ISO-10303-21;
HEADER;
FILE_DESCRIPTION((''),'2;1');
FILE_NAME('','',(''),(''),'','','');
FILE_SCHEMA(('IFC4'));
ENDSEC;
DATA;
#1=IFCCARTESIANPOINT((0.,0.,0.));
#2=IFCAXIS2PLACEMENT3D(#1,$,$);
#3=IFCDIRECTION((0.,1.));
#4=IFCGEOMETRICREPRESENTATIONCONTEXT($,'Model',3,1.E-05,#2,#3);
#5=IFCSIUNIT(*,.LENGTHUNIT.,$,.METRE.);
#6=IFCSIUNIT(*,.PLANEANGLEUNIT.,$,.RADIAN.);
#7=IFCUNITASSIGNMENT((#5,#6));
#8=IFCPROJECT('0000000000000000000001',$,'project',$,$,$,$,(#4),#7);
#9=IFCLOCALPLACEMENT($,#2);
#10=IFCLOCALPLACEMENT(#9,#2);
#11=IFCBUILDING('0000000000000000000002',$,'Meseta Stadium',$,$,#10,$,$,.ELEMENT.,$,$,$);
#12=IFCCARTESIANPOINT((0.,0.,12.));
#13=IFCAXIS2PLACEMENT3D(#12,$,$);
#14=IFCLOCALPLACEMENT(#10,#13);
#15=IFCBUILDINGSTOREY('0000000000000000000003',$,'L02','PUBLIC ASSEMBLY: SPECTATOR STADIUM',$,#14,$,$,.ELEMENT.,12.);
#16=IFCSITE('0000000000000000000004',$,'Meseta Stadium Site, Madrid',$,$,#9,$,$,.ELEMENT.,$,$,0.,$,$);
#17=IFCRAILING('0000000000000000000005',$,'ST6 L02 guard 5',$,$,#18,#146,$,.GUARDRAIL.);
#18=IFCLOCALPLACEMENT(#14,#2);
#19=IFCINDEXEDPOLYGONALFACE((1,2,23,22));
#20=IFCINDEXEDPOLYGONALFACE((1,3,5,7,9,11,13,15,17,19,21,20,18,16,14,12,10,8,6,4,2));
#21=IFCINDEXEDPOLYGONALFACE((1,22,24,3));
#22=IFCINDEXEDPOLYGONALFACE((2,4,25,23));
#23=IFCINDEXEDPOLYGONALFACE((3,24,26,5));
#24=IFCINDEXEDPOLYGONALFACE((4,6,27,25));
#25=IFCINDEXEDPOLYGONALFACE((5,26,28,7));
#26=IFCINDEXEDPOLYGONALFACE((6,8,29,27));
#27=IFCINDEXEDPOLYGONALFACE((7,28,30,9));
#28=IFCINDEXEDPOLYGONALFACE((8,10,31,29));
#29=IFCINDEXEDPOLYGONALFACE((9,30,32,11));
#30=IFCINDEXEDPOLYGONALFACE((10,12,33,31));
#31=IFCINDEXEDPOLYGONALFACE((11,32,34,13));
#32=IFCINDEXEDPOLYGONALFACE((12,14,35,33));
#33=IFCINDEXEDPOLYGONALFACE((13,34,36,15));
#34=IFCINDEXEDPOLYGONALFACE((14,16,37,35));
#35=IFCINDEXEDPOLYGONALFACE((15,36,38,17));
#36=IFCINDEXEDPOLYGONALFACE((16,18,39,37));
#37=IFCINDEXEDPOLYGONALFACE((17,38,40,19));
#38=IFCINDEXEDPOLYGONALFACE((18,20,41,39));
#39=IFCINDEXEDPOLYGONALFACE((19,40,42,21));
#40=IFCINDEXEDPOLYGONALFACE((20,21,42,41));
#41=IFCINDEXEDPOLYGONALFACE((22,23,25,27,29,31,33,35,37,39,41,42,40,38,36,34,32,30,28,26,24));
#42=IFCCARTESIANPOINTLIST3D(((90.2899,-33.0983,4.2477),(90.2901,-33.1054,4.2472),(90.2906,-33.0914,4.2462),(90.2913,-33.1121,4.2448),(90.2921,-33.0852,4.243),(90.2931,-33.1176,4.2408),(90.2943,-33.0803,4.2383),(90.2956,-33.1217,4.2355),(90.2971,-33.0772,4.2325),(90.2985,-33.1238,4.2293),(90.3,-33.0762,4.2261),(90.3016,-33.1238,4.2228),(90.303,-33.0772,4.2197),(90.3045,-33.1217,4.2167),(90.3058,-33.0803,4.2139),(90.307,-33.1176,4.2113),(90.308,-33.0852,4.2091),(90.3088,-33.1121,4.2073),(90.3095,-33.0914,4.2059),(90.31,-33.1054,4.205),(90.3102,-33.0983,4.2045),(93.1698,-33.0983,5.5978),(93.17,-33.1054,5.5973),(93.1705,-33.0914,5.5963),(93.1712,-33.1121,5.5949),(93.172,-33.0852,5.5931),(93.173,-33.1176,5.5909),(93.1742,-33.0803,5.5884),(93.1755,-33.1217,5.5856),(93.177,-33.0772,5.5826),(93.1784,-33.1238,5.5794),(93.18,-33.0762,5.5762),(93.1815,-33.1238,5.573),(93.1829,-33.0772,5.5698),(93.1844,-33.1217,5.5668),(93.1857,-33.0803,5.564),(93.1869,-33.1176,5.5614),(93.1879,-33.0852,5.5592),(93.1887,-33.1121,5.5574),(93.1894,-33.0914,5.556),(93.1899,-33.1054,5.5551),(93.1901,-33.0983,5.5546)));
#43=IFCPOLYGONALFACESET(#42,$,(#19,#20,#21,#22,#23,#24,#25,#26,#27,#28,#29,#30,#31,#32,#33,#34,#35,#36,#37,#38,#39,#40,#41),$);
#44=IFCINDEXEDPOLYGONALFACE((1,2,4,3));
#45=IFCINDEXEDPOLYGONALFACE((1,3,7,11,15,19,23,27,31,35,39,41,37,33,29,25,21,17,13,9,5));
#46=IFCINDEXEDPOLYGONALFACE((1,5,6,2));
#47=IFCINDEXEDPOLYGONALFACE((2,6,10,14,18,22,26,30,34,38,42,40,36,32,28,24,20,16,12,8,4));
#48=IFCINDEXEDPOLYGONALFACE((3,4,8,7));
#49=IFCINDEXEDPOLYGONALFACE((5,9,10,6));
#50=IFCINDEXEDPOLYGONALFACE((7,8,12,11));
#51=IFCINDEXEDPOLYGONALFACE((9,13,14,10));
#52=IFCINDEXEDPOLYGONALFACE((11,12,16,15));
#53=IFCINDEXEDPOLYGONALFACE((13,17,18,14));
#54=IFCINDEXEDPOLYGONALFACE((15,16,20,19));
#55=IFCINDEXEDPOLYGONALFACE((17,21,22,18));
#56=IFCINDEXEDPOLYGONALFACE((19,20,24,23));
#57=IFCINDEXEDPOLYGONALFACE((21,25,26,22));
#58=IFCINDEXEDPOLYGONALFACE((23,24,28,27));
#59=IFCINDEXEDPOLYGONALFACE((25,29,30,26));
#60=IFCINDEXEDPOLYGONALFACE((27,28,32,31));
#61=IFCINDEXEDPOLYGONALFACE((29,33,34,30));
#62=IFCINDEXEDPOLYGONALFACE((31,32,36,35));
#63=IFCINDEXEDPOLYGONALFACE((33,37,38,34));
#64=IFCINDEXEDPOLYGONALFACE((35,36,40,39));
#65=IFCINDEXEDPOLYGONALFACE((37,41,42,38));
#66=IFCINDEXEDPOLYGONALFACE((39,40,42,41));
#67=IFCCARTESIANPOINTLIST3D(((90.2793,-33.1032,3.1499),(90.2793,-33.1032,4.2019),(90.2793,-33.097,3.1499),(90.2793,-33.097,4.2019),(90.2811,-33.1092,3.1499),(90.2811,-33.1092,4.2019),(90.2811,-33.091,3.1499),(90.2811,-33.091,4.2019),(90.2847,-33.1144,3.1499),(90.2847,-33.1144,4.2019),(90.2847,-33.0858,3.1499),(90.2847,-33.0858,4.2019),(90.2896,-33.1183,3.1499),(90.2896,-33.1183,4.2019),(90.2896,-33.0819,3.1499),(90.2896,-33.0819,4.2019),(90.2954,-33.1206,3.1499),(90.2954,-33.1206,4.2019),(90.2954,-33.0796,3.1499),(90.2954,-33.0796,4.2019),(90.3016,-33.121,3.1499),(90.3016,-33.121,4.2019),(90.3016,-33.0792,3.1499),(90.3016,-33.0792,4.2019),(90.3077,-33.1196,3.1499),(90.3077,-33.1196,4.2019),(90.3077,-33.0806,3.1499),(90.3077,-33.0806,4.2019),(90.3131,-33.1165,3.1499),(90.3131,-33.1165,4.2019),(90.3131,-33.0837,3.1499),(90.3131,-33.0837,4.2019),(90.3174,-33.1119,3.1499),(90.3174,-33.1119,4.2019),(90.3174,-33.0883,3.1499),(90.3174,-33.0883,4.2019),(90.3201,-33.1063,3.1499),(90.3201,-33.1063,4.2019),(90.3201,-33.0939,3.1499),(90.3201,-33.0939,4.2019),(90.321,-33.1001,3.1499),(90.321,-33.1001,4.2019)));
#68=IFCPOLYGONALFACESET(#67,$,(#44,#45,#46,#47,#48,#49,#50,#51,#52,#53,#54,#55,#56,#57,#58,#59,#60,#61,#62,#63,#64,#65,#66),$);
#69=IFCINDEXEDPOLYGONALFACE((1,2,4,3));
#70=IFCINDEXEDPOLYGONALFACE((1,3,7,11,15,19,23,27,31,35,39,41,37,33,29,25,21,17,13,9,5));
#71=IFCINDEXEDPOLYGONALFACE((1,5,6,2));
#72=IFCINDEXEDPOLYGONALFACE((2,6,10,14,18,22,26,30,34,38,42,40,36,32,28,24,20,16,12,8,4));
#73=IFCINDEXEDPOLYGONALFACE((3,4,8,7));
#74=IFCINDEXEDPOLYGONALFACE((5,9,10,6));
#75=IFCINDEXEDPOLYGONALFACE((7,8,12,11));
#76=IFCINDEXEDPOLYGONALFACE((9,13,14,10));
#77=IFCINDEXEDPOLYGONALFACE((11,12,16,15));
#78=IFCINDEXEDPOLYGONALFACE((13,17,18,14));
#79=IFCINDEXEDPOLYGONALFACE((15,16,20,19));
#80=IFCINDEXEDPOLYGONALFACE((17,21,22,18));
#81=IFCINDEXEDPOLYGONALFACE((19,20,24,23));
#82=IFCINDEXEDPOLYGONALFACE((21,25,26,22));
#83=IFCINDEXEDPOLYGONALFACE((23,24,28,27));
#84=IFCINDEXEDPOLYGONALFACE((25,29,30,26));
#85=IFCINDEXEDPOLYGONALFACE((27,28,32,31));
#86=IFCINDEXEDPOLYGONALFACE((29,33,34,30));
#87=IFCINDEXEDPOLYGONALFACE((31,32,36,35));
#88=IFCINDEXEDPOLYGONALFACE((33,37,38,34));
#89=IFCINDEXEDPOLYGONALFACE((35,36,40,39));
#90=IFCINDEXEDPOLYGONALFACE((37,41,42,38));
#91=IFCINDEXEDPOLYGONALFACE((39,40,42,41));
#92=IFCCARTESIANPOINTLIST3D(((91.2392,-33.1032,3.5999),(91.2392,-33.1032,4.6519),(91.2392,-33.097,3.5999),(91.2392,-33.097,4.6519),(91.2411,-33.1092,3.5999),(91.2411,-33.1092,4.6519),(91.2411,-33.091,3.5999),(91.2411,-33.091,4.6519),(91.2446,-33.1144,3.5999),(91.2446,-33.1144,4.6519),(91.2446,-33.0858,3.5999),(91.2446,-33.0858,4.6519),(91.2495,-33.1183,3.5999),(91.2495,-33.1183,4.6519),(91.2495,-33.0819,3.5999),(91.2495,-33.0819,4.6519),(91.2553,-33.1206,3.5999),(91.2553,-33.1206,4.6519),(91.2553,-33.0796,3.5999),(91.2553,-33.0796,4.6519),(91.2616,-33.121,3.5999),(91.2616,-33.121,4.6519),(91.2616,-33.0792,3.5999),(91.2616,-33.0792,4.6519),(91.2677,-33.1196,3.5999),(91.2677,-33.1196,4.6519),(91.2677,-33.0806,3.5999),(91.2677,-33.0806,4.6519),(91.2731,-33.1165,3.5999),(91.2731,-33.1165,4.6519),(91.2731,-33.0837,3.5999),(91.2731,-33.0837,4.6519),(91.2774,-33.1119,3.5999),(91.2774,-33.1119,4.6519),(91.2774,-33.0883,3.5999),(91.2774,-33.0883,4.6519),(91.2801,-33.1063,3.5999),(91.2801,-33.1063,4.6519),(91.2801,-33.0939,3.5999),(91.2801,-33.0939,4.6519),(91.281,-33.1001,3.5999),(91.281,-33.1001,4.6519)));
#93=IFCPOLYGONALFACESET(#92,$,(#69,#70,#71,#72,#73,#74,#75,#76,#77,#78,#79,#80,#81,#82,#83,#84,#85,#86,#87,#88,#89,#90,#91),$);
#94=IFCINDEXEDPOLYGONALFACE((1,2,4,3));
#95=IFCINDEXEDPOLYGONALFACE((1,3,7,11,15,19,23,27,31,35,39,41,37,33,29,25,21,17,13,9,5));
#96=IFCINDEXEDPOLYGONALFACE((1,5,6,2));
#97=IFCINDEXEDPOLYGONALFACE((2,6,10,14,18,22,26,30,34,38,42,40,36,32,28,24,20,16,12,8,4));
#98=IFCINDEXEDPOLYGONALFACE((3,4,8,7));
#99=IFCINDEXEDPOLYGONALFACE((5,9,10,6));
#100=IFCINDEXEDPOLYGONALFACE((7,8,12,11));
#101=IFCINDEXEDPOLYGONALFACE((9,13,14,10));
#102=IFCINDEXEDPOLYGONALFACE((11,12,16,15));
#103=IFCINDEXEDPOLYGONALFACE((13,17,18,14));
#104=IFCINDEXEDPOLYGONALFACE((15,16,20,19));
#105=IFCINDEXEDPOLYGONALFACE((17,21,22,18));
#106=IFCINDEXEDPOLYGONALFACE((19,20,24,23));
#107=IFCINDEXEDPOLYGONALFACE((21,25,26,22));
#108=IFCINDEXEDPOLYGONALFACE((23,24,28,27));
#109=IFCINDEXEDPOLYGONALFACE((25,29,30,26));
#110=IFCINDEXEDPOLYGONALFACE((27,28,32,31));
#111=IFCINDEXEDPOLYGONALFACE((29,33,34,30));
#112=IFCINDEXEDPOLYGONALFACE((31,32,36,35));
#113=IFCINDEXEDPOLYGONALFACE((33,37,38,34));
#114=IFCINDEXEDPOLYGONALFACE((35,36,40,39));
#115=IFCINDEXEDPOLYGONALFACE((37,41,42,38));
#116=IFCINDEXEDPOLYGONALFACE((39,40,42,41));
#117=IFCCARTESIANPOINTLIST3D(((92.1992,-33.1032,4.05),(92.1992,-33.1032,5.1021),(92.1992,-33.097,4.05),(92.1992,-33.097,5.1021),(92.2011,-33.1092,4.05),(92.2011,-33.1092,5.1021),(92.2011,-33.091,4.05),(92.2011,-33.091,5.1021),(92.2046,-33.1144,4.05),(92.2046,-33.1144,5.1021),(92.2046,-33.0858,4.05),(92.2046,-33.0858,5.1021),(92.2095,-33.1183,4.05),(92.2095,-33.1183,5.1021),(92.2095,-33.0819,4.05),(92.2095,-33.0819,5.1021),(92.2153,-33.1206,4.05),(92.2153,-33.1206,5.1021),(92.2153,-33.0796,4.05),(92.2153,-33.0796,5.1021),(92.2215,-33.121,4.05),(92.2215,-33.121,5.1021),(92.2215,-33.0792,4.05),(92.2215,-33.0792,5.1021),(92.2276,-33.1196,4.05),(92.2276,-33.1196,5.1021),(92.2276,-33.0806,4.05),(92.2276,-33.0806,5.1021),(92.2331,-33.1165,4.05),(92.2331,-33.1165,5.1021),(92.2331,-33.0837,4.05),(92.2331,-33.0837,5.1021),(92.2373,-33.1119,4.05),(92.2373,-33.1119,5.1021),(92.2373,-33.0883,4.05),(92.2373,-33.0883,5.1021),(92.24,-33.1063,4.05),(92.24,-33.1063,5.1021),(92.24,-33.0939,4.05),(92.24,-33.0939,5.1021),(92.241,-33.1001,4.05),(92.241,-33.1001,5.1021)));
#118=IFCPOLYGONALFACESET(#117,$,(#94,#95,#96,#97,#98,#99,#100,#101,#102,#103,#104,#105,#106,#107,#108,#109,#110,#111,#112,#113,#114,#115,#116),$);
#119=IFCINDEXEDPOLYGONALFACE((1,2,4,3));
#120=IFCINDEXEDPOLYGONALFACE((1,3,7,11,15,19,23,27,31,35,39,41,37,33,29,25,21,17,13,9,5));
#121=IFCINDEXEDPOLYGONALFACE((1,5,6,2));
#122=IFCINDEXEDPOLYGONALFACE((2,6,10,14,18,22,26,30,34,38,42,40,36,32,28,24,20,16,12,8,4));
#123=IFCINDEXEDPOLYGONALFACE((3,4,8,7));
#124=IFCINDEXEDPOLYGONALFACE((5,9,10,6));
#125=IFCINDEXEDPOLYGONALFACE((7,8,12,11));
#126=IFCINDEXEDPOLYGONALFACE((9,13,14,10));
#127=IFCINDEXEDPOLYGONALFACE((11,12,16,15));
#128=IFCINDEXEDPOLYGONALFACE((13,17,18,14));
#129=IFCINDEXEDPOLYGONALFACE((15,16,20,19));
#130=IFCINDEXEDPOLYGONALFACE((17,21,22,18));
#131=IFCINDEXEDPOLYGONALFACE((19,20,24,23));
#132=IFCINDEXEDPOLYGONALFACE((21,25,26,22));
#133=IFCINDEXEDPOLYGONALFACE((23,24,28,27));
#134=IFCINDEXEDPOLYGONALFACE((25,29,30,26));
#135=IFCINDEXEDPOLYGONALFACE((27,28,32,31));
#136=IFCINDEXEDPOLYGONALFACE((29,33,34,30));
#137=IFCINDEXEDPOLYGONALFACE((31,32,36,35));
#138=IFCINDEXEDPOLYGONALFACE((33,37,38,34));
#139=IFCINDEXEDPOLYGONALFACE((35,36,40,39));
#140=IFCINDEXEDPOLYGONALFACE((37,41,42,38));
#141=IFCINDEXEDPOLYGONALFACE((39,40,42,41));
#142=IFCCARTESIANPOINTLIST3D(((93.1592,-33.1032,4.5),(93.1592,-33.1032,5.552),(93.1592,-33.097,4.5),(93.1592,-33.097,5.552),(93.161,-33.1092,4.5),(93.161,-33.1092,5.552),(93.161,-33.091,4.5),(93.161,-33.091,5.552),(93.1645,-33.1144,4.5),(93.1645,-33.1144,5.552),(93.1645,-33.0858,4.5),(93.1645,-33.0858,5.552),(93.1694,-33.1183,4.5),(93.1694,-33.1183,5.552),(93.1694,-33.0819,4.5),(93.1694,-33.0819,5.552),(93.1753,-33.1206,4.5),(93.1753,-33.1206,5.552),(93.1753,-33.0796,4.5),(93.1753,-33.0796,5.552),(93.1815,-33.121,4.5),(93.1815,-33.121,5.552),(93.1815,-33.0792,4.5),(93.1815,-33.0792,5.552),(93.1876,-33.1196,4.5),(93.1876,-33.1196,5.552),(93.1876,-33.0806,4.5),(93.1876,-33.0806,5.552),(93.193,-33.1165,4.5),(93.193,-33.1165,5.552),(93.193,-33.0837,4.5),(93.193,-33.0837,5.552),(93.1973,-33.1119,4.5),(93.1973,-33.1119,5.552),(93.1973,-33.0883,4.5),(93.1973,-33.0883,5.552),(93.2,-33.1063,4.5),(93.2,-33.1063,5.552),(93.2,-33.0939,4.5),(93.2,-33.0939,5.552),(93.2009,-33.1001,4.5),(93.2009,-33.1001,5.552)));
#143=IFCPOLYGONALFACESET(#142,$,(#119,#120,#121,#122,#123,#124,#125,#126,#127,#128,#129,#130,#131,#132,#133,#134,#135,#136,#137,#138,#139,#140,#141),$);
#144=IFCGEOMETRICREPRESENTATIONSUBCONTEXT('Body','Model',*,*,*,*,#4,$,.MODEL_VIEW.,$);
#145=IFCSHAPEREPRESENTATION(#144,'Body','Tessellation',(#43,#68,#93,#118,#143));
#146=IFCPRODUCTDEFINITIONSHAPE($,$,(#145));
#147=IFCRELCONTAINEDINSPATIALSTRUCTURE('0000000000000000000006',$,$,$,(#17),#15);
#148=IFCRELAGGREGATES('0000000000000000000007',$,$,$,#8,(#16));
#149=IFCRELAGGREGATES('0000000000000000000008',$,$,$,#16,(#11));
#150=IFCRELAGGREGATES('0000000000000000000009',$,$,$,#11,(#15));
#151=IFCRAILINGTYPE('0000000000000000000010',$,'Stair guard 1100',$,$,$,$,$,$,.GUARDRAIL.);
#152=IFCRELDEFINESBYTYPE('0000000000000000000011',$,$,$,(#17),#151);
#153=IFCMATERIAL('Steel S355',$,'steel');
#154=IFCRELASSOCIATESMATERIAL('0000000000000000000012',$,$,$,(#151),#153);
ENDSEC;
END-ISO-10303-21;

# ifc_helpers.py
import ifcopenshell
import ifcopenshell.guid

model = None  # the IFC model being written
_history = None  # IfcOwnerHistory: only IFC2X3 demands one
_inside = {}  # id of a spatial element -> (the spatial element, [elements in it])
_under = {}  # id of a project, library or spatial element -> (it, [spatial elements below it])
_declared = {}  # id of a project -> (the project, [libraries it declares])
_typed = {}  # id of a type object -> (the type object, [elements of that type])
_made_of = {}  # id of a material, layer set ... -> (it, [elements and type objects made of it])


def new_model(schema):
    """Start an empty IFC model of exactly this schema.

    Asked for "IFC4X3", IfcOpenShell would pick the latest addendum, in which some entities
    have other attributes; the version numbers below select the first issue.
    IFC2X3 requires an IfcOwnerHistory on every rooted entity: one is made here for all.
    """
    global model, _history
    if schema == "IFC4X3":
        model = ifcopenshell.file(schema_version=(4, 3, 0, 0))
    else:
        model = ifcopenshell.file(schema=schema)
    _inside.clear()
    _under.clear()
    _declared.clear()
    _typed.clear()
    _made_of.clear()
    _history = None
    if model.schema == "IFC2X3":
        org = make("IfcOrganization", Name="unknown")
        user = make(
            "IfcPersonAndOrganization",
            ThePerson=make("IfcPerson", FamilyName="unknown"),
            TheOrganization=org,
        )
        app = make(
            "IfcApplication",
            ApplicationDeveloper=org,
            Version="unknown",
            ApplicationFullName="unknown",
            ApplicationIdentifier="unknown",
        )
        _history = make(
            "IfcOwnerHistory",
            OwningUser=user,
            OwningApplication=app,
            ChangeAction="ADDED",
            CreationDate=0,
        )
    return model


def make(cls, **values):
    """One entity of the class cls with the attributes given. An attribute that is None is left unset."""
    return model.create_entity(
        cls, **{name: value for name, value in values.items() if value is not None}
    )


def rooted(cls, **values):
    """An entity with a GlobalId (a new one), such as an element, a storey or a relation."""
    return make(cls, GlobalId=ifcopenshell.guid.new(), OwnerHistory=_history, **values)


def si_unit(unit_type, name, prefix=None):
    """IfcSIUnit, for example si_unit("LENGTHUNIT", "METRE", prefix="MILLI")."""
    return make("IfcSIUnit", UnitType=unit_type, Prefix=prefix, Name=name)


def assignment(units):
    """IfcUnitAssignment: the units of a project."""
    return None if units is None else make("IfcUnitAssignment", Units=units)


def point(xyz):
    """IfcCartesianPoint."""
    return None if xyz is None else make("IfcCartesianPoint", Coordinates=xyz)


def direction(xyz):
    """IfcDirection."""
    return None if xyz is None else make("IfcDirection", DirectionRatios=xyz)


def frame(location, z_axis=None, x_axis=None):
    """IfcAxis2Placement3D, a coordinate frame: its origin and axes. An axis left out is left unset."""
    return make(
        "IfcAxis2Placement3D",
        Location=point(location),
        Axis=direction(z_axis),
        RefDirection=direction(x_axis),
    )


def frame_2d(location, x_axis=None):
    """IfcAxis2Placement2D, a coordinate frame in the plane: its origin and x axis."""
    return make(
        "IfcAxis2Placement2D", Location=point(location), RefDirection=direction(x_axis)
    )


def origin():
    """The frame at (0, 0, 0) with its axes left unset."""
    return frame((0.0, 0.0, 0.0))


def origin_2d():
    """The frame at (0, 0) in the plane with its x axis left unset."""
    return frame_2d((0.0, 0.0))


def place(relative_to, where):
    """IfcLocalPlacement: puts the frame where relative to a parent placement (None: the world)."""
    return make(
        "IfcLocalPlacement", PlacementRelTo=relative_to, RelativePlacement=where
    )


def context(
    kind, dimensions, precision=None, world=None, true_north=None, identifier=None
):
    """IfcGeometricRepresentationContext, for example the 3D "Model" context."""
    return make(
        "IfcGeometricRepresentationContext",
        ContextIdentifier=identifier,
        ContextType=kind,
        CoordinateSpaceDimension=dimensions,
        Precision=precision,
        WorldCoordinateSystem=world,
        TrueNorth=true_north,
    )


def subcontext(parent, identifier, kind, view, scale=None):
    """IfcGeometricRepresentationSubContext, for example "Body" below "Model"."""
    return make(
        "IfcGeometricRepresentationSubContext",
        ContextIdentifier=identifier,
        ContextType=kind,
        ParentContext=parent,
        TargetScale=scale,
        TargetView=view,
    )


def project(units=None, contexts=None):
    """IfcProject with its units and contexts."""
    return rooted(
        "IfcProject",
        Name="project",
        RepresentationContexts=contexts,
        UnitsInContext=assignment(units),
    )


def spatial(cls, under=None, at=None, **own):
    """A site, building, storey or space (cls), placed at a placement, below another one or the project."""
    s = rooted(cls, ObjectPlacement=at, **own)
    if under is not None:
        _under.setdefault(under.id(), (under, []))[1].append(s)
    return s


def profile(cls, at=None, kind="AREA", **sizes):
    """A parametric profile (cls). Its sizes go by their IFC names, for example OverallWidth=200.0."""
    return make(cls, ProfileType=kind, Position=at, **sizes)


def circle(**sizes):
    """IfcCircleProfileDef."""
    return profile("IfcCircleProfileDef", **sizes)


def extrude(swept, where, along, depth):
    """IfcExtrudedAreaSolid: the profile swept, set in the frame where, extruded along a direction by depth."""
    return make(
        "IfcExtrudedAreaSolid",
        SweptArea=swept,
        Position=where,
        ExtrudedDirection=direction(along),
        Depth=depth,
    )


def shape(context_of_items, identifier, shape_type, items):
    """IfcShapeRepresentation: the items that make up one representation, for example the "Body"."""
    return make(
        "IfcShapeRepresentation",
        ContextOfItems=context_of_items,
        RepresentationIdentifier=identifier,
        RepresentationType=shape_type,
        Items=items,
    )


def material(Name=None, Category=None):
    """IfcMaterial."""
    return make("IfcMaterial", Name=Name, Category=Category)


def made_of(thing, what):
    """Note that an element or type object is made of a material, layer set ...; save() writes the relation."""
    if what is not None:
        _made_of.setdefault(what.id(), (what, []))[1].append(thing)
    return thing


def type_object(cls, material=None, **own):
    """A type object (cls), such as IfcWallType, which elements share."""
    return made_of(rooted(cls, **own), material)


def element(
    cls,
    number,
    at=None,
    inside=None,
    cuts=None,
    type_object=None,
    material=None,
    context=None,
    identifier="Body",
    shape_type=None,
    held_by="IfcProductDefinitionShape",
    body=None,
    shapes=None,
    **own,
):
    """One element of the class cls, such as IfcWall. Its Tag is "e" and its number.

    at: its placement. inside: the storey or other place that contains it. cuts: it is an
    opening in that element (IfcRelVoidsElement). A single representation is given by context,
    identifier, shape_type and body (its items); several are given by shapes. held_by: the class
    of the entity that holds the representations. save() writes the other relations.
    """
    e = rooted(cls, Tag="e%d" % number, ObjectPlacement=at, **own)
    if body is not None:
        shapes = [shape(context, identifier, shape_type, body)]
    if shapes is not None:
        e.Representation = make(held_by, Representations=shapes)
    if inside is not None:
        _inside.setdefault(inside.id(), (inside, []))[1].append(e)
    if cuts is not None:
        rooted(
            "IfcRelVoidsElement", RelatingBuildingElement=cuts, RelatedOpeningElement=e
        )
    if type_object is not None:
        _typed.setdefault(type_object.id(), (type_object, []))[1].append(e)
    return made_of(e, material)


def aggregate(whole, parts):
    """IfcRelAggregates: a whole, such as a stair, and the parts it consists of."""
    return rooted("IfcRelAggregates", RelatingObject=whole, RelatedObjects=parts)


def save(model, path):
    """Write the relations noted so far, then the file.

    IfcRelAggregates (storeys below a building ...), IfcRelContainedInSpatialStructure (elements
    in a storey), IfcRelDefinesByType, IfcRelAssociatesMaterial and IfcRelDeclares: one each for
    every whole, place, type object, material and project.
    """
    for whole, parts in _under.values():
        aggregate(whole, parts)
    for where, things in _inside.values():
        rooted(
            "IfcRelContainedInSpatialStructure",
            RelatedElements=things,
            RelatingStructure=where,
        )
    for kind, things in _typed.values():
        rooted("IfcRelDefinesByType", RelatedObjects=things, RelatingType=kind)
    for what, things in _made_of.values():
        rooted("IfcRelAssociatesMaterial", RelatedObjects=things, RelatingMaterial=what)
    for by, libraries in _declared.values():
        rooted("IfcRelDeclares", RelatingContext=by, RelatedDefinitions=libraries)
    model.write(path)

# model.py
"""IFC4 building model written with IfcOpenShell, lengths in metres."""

from ifc_helpers import new_model, si_unit, direction, frame, origin, origin_2d, place, context, subcontext, project, spatial, circle, extrude, material, type_object, element, save


model = new_model("IFC4")

# Units and contexts
model_context = context("Model", 3, precision=1e-05, world=origin(), true_north=direction((0.0, 1.0)))
body_context = subcontext(model_context, "Body", "Model", "MODEL_VIEW")
ifc_project = project(units=[si_unit("LENGTHUNIT", "METRE"), si_unit("PLANEANGLEUNIT", "RADIAN")], contexts=[model_context])

# Site, building, storey
site_placement = place(None, origin())
site = spatial("IfcSite", under=ifc_project, at=site_placement, Name="Meseta Stadium Site, Madrid", CompositionType="ELEMENT", RefElevation=0.0)
building_placement = place(site_placement, origin())
building = spatial("IfcBuilding", under=site, at=building_placement, Name="Meseta Stadium", CompositionType="ELEMENT")
storey_placement = place(building_placement, frame((0.0, 0.0, 12.0)))
storey = spatial("IfcBuildingStorey", under=building, at=storey_placement, Name="L02", Description="PUBLIC ASSEMBLY: SPECTATOR STADIUM", CompositionType="ELEMENT", Elevation=12.0)

# Railing
ifc_material_1 = material(Name="Steel S355", Category="steel")
railing_type_1 = type_object("IfcRailingType", Name="Stair guard 1100", PredefinedType="GUARDRAIL", material=ifc_material_1)
railing_1_placement = place(storey_placement, frame((90.3, -33.1001, 3.1499)))
element("IfcRailing", 1, at=railing_1_placement, inside=storey, type_object=railing_type_1, Name="ST6 L02 guard 5", PredefinedType="GUARDRAIL", context=body_context, shape_type="SweptSolid", body=[
    extrude(circle(Radius=0.0239, at=origin_2d()), frame((0.0, 0.0, 1.0762), z_axis=(0.90544, 0.0, 0.424473), x_axis=(0.0, 1.0, 0.0)), (0.0, 0.0, 1.0), 3.1807),
    extrude(circle(Radius=0.021, at=origin_2d()), origin(), (0.0, 0.0, 1.0), 1.052),
    extrude(circle(Radius=0.021, at=origin_2d()), frame((0.96, 0.0, 0.45)), (0.0, 0.0, 1.0), 1.052),
    extrude(circle(Radius=0.021, at=origin_2d()), frame((1.9199, 0.0, 0.9001)), (0.0, 0.0, 1.0), 1.052),
    extrude(circle(Radius=0.021, at=origin_2d()), frame((2.8799, 0.0, 1.3501)), (0.0, 0.0, 1.0), 1.052),
])

save(model, "model.ifc")
